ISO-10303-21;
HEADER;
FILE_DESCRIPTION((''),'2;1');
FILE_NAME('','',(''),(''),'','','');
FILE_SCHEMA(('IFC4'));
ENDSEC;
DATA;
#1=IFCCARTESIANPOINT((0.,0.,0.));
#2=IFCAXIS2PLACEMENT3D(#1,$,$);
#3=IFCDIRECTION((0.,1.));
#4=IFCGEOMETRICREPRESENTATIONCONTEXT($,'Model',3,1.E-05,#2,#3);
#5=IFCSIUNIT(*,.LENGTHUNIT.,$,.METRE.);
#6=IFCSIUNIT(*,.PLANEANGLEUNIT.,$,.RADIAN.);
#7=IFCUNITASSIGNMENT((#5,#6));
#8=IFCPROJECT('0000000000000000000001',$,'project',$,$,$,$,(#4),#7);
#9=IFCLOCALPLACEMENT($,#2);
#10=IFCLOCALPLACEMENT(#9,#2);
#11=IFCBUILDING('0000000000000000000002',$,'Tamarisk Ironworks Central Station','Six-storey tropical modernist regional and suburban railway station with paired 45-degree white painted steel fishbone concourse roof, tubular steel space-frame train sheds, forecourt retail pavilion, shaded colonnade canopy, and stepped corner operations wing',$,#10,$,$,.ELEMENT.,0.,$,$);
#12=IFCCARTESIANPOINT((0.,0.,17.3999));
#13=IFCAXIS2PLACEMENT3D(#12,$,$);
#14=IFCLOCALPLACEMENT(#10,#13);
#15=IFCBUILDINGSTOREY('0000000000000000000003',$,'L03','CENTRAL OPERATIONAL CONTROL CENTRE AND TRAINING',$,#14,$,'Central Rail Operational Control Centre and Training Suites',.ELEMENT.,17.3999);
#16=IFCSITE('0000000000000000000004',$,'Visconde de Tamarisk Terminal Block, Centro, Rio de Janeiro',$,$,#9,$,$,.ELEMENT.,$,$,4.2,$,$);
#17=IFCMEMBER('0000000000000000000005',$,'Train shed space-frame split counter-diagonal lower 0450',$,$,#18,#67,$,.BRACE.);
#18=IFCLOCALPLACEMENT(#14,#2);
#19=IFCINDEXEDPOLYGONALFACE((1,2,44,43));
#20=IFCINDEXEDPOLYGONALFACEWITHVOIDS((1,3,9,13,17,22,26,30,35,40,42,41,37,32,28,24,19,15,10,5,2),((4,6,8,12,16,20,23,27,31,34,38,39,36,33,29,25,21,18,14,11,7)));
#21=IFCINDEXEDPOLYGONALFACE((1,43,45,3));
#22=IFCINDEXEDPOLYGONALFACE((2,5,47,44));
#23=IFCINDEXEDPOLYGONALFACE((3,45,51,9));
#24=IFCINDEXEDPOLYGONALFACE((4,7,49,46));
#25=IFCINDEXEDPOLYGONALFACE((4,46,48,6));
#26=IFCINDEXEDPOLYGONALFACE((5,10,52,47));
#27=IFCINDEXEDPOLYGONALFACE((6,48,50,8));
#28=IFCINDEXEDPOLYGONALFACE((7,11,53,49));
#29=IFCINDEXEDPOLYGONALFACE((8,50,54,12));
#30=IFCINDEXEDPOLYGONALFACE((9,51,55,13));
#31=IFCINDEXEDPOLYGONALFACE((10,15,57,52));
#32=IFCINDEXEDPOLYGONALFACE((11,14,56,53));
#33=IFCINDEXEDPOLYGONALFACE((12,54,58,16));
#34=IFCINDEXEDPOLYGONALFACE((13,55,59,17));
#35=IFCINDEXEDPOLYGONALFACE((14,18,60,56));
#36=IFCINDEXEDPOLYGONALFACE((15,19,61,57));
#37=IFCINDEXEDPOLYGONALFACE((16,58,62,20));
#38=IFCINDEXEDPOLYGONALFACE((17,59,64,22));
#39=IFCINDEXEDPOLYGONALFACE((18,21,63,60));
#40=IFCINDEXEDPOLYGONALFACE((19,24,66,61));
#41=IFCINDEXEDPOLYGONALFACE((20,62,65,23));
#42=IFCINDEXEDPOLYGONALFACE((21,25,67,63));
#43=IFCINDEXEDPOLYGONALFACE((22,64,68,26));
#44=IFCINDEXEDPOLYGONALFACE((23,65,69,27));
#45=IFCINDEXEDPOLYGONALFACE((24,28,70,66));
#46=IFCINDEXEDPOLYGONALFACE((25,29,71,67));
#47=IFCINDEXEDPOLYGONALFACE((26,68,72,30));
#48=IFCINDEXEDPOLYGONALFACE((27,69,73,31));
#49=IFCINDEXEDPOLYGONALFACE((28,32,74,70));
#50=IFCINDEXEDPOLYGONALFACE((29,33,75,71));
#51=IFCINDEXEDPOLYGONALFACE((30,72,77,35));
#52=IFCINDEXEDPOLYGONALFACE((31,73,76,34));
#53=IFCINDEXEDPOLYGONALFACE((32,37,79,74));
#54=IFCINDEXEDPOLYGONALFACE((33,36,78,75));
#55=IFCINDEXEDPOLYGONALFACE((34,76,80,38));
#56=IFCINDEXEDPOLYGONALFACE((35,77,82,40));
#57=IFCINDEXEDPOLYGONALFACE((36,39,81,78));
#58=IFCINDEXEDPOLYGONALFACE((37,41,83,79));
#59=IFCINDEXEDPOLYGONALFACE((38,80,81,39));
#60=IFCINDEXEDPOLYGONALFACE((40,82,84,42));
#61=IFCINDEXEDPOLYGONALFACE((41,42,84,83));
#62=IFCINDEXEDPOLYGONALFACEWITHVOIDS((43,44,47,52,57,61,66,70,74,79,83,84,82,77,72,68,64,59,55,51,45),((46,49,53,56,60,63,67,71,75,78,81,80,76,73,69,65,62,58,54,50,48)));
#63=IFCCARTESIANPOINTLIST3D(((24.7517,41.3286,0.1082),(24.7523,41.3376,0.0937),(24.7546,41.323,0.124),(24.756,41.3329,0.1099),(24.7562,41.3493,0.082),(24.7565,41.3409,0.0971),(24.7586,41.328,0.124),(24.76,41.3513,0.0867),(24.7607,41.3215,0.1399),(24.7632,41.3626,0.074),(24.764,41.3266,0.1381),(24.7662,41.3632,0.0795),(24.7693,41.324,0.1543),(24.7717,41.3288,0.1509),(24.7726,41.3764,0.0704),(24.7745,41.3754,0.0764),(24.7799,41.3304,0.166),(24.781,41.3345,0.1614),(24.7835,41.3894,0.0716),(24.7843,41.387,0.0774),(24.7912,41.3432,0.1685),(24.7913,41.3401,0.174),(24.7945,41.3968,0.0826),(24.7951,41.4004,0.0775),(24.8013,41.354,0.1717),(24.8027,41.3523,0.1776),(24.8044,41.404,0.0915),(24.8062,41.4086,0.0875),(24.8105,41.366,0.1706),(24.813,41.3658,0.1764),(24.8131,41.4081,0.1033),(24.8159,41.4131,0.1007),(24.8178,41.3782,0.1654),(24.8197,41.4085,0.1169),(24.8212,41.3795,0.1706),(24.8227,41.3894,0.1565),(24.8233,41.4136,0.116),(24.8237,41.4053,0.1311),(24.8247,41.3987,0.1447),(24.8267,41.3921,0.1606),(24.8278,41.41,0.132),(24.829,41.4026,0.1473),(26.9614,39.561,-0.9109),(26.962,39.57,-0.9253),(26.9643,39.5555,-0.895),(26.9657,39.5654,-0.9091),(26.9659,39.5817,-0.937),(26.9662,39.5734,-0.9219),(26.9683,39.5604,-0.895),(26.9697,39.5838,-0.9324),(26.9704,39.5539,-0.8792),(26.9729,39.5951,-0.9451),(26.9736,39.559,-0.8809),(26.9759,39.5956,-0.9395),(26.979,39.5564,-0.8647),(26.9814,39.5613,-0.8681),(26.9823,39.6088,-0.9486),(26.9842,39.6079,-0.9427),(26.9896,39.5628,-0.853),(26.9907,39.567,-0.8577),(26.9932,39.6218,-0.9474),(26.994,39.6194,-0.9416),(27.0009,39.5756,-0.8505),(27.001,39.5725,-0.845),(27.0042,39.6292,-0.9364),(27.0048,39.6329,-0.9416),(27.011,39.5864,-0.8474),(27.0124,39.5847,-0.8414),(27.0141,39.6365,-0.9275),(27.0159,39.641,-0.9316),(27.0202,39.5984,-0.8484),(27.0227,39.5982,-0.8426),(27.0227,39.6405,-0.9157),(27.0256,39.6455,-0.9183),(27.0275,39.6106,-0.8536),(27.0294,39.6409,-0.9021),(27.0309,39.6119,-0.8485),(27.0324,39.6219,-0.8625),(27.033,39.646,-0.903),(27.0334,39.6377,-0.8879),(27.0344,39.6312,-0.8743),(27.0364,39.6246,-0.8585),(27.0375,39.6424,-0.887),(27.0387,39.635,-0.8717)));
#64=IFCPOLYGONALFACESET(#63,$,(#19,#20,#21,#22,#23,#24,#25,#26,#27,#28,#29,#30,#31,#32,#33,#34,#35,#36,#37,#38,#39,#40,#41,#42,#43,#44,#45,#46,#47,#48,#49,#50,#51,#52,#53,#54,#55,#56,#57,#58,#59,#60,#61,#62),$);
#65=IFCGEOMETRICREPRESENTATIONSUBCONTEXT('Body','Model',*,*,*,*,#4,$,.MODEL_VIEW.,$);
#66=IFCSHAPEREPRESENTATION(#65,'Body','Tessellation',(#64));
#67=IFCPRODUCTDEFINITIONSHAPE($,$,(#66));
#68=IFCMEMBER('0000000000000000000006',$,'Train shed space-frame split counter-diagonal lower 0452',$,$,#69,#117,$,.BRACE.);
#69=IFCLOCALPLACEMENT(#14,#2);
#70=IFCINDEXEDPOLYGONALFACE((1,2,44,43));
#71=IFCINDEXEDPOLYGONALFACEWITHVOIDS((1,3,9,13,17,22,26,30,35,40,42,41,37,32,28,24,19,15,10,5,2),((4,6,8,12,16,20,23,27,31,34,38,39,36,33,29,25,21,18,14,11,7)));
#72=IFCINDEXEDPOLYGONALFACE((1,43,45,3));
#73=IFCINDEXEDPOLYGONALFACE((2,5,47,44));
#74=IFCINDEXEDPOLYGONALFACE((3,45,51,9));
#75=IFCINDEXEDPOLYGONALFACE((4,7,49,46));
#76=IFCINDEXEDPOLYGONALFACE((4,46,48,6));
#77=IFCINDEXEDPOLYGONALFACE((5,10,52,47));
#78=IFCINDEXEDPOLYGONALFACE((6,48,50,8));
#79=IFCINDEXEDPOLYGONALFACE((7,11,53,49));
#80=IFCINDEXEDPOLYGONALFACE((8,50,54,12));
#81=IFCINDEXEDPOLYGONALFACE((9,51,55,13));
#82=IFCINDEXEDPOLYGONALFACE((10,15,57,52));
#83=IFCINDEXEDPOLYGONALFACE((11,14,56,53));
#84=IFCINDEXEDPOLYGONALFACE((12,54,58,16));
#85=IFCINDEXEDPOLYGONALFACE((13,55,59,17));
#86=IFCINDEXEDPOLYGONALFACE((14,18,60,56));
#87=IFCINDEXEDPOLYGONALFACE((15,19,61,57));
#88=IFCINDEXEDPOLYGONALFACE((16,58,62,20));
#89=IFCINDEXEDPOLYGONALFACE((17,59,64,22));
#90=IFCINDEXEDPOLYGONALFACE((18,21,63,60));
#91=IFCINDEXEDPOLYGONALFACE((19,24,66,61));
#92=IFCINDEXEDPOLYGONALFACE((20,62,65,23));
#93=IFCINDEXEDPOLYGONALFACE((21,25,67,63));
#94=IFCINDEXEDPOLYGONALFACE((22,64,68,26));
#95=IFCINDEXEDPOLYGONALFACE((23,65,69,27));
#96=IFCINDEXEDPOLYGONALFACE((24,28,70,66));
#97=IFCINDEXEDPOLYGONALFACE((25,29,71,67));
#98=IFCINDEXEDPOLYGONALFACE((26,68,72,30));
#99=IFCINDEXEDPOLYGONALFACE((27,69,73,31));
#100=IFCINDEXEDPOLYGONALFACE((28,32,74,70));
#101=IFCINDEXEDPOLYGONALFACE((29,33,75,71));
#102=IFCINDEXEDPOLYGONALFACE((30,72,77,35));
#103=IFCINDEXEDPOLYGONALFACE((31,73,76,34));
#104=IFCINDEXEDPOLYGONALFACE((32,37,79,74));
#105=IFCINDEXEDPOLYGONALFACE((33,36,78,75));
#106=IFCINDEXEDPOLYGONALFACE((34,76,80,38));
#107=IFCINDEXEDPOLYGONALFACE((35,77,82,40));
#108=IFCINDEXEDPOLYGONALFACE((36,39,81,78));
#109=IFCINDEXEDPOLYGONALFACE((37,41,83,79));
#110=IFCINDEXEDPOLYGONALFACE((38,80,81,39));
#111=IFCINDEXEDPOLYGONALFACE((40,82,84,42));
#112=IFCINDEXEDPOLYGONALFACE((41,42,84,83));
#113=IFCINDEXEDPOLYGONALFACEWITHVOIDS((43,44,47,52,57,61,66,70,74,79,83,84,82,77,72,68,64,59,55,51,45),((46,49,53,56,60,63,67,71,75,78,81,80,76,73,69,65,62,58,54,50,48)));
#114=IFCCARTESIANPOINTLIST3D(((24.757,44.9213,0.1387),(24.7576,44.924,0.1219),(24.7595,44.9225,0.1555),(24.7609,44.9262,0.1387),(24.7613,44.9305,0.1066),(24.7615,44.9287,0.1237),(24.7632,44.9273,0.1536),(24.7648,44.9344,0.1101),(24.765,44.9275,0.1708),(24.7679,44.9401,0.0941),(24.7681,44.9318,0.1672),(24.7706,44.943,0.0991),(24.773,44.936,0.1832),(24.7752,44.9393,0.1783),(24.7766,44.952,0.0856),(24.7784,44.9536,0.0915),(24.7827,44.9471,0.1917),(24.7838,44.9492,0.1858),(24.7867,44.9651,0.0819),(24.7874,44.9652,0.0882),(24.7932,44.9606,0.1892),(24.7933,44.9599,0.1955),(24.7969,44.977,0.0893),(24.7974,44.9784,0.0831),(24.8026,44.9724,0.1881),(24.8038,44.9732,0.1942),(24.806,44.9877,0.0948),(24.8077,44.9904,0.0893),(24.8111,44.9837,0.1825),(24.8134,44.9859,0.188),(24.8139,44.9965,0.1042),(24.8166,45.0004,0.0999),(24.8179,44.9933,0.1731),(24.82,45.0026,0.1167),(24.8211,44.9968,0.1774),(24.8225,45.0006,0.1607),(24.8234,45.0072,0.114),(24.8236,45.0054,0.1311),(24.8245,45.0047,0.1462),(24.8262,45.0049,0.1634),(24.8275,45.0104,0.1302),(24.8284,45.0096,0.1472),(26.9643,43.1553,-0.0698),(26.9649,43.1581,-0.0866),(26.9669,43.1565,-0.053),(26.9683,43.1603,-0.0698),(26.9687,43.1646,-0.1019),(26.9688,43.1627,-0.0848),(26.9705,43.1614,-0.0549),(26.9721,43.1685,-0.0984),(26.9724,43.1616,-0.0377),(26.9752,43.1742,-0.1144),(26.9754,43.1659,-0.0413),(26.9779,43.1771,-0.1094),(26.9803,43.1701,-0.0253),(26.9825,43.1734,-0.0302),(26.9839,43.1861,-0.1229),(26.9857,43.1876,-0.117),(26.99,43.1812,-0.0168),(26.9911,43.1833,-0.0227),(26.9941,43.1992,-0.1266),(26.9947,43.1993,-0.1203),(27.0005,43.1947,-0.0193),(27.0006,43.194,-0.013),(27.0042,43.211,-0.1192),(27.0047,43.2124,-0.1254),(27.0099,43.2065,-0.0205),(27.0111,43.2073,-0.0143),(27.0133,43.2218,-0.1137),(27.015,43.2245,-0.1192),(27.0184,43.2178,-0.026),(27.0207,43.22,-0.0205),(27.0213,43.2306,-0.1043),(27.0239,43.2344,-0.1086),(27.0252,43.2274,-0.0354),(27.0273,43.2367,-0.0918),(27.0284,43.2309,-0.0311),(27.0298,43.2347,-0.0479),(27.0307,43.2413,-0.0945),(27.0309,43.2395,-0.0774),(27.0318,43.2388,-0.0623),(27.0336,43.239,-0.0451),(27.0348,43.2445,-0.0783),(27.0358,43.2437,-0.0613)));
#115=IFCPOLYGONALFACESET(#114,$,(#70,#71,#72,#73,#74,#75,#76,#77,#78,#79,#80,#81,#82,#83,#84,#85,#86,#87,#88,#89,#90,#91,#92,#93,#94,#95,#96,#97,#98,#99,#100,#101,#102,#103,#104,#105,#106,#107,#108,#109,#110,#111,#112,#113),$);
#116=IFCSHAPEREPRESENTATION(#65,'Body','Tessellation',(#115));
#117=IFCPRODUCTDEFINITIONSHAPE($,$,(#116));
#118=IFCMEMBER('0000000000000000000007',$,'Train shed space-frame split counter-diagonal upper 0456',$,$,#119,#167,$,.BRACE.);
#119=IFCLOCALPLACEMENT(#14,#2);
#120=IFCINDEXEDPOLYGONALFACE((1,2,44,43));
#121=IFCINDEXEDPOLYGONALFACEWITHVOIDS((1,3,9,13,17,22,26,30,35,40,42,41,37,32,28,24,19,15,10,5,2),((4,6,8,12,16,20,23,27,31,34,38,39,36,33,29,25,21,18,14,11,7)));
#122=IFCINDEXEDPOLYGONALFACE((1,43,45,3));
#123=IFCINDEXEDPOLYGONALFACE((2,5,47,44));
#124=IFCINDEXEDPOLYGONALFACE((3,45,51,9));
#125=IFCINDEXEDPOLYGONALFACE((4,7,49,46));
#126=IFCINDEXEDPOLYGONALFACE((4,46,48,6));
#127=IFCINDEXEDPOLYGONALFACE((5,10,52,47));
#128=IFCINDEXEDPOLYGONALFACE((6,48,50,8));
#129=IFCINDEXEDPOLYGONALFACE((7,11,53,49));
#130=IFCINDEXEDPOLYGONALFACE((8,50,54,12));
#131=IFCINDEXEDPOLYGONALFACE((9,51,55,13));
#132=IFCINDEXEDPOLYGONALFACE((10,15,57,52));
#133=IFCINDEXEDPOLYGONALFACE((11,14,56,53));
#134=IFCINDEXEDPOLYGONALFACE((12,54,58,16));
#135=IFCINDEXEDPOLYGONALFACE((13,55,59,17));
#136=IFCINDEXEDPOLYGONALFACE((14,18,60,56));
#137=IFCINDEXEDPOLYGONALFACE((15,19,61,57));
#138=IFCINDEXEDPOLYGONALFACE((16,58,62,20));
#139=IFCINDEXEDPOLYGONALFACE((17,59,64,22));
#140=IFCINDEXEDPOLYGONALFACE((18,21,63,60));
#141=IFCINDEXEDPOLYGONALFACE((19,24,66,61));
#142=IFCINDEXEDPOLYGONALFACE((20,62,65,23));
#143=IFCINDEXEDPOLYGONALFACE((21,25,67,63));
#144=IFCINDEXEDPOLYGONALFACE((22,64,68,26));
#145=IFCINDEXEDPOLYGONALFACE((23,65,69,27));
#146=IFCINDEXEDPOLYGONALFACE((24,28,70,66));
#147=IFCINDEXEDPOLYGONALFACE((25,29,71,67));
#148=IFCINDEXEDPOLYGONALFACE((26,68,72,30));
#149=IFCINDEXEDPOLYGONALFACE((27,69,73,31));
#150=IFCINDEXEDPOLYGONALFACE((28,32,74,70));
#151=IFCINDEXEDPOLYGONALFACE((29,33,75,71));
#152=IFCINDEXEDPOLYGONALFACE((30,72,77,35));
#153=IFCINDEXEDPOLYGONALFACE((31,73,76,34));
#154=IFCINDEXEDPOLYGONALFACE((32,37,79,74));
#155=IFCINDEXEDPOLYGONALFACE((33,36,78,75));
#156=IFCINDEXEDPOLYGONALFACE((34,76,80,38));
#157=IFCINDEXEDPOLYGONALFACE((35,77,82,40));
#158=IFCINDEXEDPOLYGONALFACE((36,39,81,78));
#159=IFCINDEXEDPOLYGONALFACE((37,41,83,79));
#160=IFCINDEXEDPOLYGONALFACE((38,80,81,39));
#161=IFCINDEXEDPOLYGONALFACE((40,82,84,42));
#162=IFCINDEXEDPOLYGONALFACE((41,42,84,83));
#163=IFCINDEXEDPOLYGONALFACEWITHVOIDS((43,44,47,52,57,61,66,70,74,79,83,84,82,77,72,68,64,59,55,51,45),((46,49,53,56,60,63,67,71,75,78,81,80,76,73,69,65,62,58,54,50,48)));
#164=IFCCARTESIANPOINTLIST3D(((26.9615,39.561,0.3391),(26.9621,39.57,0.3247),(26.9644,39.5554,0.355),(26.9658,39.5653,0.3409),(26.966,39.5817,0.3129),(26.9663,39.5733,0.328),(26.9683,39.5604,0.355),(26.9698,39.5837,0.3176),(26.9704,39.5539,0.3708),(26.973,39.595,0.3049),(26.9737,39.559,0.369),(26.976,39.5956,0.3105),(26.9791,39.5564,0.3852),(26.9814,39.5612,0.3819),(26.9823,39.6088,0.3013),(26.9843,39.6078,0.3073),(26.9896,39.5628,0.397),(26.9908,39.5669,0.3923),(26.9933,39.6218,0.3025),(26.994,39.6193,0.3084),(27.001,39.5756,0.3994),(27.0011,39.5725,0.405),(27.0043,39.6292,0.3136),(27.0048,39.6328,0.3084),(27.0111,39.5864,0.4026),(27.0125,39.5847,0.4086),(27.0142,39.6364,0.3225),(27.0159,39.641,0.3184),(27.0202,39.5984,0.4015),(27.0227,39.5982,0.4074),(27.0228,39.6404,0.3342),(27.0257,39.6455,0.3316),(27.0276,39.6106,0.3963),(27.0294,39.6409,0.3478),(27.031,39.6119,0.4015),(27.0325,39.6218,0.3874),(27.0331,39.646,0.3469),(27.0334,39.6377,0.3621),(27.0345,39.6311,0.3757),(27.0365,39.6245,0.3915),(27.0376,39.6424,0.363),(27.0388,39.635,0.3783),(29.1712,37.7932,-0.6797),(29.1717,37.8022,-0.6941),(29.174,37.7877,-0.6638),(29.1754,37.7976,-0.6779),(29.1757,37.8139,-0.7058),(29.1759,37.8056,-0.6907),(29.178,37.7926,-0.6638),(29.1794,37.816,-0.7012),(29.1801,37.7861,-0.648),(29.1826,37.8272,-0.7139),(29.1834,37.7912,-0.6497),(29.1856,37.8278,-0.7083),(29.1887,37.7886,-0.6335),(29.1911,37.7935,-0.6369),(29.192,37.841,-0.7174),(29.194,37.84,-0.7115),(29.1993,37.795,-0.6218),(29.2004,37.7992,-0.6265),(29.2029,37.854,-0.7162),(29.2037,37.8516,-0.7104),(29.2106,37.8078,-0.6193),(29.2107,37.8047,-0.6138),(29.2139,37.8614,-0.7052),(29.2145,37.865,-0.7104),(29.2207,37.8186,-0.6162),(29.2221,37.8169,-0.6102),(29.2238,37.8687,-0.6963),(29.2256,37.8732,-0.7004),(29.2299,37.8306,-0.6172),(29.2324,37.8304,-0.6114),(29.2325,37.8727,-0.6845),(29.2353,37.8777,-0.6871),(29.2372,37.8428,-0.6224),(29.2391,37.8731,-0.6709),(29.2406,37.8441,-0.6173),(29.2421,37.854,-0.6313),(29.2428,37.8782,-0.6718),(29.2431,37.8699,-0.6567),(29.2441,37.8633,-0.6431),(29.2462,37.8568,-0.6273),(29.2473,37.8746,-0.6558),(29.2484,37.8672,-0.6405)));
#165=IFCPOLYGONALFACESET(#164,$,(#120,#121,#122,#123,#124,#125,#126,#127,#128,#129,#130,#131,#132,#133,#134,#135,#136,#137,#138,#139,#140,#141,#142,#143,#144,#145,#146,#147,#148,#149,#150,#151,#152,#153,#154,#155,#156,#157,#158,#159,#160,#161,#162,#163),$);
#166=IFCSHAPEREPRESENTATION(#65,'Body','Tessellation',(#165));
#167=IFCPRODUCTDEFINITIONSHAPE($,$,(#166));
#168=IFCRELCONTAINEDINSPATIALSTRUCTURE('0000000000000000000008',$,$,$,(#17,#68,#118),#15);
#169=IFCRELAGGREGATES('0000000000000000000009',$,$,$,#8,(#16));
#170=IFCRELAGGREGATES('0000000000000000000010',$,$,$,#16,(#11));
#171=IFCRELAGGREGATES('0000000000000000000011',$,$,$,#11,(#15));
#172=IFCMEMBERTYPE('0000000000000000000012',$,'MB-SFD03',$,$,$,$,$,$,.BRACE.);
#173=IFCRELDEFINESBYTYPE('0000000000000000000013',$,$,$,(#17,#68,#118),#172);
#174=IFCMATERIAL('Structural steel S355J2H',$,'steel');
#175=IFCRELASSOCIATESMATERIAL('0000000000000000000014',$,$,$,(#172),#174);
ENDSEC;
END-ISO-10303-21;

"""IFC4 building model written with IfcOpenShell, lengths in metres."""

from ifc_helpers import new_model, si_unit, direction, frame, origin, origin_2d, place, context, subcontext, project, spatial, hollow_circle, extrude, material, material_profile, profile_set, type_object, element, save


model = new_model("IFC4")

# Units and contexts
model_context = context("Model", 3, precision=1e-05, world=origin(), true_north=direction((0.0, 1.0)))
body_context = subcontext(model_context, "Body", "Model", "MODEL_VIEW")
ifc_project = project(units=[si_unit("LENGTHUNIT", "METRE"), si_unit("PLANEANGLEUNIT", "RADIAN")], contexts=[model_context])

# Site, building, storey
site_placement = place(None, origin())
site = spatial("IfcSite", under=ifc_project, at=site_placement, Name="Visconde de Tamarisk Terminal Block, Centro, Rio de Janeiro", CompositionType="ELEMENT", RefElevation=4.2)
building_placement = place(site_placement, origin())
building = spatial("IfcBuilding", under=site, at=building_placement, Name="Tamarisk Ironworks Central Station", Description="Six-storey tropical modernist regional and suburban railway station with paired 45-degree white painted steel fishbone concourse roof, tubular steel space-frame train sheds, forecourt retail pavilion, shaded colonnade canopy, and stepped corner operations wing", CompositionType="ELEMENT", ElevationOfRefHeight=0.0)
storey_placement = place(building_placement, frame((0.0, 0.0, 17.3999)))
storey = spatial("IfcBuildingStorey", under=building, at=storey_placement, Name="L03", Description="CENTRAL OPERATIONAL CONTROL CENTRE AND TRAINING", LongName="Central Rail Operational Control Centre and Training Suites", CompositionType="ELEMENT", Elevation=17.3999)

# Members
ifc_material = material(Name="Structural steel S355J2H", Category="steel")
ifc_material_profile_1 = material_profile(ifc_material, hollow_circle(Radius=0.0571, WallThickness=0.0063, at=origin_2d()), Name="CHS 114.3x6.3")
ifc_profile_set_1 = profile_set([ifc_material_profile_1], Name="Structural steel S355J2H")
member_type_1 = type_object("IfcMemberType", Name="MB-SFD03", PredefinedType="BRACE", material=ifc_profile_set_1)
member_1_placement = place(storey_placement, frame((27.0, 39.6001, -0.895), z_axis=(-0.734712, 0.587705, 0.338823), x_axis=(-0.624653, -0.780902, 0.0)))
element("IfcMember", 1, at=member_1_placement, inside=storey, type_object=member_type_1, Name="Train shed space-frame split counter-diagonal lower 0450", PredefinedType="BRACE", context=body_context, shape_type="SweptSolid", body=[
    extrude(hollow_circle(Radius=0.0571, WallThickness=0.0063, at=origin_2d()), origin(), (0.0, 0.0, 1.0), 3.0076),
])
member_2_placement = place(storey_placement, frame((27.0, 43.2, -0.0698), z_axis=(-0.778745, 0.623013, 0.073559), x_axis=(-0.624706, -0.78086, 0.0)))
element("IfcMember", 2, at=member_2_placement, inside=storey, type_object=member_type_1, Name="Train shed space-frame split counter-diagonal lower 0452", PredefinedType="BRACE", context=body_context, shape_type="SweptSolid", body=[
    extrude(hollow_circle(Radius=0.0571, WallThickness=0.0063, at=origin_2d()), origin(), (0.0, 0.0, 1.0), 2.8345),
])
for number, where, z_axis, x_axis, name in (
    (3, (29.2097, 37.8323, -0.6638), (-0.734697, 0.587774, 0.338735), (-0.624706, -0.78086, 0.0), "Train shed space-frame split counter-diagonal upper 0456"),
):
    element("IfcMember", number, at=place(storey_placement, frame(where, z_axis=z_axis, x_axis=x_axis)), inside=storey, type_object=member_type_1, Name=name, PredefinedType="BRACE", context=body_context, shape_type="SweptSolid", body=[
        extrude(hollow_circle(Radius=0.0571, WallThickness=0.0063, at=origin_2d()), origin(), (0.0, 0.0, 1.0), 3.0076),
    ])

save(model, "model.ifc")
